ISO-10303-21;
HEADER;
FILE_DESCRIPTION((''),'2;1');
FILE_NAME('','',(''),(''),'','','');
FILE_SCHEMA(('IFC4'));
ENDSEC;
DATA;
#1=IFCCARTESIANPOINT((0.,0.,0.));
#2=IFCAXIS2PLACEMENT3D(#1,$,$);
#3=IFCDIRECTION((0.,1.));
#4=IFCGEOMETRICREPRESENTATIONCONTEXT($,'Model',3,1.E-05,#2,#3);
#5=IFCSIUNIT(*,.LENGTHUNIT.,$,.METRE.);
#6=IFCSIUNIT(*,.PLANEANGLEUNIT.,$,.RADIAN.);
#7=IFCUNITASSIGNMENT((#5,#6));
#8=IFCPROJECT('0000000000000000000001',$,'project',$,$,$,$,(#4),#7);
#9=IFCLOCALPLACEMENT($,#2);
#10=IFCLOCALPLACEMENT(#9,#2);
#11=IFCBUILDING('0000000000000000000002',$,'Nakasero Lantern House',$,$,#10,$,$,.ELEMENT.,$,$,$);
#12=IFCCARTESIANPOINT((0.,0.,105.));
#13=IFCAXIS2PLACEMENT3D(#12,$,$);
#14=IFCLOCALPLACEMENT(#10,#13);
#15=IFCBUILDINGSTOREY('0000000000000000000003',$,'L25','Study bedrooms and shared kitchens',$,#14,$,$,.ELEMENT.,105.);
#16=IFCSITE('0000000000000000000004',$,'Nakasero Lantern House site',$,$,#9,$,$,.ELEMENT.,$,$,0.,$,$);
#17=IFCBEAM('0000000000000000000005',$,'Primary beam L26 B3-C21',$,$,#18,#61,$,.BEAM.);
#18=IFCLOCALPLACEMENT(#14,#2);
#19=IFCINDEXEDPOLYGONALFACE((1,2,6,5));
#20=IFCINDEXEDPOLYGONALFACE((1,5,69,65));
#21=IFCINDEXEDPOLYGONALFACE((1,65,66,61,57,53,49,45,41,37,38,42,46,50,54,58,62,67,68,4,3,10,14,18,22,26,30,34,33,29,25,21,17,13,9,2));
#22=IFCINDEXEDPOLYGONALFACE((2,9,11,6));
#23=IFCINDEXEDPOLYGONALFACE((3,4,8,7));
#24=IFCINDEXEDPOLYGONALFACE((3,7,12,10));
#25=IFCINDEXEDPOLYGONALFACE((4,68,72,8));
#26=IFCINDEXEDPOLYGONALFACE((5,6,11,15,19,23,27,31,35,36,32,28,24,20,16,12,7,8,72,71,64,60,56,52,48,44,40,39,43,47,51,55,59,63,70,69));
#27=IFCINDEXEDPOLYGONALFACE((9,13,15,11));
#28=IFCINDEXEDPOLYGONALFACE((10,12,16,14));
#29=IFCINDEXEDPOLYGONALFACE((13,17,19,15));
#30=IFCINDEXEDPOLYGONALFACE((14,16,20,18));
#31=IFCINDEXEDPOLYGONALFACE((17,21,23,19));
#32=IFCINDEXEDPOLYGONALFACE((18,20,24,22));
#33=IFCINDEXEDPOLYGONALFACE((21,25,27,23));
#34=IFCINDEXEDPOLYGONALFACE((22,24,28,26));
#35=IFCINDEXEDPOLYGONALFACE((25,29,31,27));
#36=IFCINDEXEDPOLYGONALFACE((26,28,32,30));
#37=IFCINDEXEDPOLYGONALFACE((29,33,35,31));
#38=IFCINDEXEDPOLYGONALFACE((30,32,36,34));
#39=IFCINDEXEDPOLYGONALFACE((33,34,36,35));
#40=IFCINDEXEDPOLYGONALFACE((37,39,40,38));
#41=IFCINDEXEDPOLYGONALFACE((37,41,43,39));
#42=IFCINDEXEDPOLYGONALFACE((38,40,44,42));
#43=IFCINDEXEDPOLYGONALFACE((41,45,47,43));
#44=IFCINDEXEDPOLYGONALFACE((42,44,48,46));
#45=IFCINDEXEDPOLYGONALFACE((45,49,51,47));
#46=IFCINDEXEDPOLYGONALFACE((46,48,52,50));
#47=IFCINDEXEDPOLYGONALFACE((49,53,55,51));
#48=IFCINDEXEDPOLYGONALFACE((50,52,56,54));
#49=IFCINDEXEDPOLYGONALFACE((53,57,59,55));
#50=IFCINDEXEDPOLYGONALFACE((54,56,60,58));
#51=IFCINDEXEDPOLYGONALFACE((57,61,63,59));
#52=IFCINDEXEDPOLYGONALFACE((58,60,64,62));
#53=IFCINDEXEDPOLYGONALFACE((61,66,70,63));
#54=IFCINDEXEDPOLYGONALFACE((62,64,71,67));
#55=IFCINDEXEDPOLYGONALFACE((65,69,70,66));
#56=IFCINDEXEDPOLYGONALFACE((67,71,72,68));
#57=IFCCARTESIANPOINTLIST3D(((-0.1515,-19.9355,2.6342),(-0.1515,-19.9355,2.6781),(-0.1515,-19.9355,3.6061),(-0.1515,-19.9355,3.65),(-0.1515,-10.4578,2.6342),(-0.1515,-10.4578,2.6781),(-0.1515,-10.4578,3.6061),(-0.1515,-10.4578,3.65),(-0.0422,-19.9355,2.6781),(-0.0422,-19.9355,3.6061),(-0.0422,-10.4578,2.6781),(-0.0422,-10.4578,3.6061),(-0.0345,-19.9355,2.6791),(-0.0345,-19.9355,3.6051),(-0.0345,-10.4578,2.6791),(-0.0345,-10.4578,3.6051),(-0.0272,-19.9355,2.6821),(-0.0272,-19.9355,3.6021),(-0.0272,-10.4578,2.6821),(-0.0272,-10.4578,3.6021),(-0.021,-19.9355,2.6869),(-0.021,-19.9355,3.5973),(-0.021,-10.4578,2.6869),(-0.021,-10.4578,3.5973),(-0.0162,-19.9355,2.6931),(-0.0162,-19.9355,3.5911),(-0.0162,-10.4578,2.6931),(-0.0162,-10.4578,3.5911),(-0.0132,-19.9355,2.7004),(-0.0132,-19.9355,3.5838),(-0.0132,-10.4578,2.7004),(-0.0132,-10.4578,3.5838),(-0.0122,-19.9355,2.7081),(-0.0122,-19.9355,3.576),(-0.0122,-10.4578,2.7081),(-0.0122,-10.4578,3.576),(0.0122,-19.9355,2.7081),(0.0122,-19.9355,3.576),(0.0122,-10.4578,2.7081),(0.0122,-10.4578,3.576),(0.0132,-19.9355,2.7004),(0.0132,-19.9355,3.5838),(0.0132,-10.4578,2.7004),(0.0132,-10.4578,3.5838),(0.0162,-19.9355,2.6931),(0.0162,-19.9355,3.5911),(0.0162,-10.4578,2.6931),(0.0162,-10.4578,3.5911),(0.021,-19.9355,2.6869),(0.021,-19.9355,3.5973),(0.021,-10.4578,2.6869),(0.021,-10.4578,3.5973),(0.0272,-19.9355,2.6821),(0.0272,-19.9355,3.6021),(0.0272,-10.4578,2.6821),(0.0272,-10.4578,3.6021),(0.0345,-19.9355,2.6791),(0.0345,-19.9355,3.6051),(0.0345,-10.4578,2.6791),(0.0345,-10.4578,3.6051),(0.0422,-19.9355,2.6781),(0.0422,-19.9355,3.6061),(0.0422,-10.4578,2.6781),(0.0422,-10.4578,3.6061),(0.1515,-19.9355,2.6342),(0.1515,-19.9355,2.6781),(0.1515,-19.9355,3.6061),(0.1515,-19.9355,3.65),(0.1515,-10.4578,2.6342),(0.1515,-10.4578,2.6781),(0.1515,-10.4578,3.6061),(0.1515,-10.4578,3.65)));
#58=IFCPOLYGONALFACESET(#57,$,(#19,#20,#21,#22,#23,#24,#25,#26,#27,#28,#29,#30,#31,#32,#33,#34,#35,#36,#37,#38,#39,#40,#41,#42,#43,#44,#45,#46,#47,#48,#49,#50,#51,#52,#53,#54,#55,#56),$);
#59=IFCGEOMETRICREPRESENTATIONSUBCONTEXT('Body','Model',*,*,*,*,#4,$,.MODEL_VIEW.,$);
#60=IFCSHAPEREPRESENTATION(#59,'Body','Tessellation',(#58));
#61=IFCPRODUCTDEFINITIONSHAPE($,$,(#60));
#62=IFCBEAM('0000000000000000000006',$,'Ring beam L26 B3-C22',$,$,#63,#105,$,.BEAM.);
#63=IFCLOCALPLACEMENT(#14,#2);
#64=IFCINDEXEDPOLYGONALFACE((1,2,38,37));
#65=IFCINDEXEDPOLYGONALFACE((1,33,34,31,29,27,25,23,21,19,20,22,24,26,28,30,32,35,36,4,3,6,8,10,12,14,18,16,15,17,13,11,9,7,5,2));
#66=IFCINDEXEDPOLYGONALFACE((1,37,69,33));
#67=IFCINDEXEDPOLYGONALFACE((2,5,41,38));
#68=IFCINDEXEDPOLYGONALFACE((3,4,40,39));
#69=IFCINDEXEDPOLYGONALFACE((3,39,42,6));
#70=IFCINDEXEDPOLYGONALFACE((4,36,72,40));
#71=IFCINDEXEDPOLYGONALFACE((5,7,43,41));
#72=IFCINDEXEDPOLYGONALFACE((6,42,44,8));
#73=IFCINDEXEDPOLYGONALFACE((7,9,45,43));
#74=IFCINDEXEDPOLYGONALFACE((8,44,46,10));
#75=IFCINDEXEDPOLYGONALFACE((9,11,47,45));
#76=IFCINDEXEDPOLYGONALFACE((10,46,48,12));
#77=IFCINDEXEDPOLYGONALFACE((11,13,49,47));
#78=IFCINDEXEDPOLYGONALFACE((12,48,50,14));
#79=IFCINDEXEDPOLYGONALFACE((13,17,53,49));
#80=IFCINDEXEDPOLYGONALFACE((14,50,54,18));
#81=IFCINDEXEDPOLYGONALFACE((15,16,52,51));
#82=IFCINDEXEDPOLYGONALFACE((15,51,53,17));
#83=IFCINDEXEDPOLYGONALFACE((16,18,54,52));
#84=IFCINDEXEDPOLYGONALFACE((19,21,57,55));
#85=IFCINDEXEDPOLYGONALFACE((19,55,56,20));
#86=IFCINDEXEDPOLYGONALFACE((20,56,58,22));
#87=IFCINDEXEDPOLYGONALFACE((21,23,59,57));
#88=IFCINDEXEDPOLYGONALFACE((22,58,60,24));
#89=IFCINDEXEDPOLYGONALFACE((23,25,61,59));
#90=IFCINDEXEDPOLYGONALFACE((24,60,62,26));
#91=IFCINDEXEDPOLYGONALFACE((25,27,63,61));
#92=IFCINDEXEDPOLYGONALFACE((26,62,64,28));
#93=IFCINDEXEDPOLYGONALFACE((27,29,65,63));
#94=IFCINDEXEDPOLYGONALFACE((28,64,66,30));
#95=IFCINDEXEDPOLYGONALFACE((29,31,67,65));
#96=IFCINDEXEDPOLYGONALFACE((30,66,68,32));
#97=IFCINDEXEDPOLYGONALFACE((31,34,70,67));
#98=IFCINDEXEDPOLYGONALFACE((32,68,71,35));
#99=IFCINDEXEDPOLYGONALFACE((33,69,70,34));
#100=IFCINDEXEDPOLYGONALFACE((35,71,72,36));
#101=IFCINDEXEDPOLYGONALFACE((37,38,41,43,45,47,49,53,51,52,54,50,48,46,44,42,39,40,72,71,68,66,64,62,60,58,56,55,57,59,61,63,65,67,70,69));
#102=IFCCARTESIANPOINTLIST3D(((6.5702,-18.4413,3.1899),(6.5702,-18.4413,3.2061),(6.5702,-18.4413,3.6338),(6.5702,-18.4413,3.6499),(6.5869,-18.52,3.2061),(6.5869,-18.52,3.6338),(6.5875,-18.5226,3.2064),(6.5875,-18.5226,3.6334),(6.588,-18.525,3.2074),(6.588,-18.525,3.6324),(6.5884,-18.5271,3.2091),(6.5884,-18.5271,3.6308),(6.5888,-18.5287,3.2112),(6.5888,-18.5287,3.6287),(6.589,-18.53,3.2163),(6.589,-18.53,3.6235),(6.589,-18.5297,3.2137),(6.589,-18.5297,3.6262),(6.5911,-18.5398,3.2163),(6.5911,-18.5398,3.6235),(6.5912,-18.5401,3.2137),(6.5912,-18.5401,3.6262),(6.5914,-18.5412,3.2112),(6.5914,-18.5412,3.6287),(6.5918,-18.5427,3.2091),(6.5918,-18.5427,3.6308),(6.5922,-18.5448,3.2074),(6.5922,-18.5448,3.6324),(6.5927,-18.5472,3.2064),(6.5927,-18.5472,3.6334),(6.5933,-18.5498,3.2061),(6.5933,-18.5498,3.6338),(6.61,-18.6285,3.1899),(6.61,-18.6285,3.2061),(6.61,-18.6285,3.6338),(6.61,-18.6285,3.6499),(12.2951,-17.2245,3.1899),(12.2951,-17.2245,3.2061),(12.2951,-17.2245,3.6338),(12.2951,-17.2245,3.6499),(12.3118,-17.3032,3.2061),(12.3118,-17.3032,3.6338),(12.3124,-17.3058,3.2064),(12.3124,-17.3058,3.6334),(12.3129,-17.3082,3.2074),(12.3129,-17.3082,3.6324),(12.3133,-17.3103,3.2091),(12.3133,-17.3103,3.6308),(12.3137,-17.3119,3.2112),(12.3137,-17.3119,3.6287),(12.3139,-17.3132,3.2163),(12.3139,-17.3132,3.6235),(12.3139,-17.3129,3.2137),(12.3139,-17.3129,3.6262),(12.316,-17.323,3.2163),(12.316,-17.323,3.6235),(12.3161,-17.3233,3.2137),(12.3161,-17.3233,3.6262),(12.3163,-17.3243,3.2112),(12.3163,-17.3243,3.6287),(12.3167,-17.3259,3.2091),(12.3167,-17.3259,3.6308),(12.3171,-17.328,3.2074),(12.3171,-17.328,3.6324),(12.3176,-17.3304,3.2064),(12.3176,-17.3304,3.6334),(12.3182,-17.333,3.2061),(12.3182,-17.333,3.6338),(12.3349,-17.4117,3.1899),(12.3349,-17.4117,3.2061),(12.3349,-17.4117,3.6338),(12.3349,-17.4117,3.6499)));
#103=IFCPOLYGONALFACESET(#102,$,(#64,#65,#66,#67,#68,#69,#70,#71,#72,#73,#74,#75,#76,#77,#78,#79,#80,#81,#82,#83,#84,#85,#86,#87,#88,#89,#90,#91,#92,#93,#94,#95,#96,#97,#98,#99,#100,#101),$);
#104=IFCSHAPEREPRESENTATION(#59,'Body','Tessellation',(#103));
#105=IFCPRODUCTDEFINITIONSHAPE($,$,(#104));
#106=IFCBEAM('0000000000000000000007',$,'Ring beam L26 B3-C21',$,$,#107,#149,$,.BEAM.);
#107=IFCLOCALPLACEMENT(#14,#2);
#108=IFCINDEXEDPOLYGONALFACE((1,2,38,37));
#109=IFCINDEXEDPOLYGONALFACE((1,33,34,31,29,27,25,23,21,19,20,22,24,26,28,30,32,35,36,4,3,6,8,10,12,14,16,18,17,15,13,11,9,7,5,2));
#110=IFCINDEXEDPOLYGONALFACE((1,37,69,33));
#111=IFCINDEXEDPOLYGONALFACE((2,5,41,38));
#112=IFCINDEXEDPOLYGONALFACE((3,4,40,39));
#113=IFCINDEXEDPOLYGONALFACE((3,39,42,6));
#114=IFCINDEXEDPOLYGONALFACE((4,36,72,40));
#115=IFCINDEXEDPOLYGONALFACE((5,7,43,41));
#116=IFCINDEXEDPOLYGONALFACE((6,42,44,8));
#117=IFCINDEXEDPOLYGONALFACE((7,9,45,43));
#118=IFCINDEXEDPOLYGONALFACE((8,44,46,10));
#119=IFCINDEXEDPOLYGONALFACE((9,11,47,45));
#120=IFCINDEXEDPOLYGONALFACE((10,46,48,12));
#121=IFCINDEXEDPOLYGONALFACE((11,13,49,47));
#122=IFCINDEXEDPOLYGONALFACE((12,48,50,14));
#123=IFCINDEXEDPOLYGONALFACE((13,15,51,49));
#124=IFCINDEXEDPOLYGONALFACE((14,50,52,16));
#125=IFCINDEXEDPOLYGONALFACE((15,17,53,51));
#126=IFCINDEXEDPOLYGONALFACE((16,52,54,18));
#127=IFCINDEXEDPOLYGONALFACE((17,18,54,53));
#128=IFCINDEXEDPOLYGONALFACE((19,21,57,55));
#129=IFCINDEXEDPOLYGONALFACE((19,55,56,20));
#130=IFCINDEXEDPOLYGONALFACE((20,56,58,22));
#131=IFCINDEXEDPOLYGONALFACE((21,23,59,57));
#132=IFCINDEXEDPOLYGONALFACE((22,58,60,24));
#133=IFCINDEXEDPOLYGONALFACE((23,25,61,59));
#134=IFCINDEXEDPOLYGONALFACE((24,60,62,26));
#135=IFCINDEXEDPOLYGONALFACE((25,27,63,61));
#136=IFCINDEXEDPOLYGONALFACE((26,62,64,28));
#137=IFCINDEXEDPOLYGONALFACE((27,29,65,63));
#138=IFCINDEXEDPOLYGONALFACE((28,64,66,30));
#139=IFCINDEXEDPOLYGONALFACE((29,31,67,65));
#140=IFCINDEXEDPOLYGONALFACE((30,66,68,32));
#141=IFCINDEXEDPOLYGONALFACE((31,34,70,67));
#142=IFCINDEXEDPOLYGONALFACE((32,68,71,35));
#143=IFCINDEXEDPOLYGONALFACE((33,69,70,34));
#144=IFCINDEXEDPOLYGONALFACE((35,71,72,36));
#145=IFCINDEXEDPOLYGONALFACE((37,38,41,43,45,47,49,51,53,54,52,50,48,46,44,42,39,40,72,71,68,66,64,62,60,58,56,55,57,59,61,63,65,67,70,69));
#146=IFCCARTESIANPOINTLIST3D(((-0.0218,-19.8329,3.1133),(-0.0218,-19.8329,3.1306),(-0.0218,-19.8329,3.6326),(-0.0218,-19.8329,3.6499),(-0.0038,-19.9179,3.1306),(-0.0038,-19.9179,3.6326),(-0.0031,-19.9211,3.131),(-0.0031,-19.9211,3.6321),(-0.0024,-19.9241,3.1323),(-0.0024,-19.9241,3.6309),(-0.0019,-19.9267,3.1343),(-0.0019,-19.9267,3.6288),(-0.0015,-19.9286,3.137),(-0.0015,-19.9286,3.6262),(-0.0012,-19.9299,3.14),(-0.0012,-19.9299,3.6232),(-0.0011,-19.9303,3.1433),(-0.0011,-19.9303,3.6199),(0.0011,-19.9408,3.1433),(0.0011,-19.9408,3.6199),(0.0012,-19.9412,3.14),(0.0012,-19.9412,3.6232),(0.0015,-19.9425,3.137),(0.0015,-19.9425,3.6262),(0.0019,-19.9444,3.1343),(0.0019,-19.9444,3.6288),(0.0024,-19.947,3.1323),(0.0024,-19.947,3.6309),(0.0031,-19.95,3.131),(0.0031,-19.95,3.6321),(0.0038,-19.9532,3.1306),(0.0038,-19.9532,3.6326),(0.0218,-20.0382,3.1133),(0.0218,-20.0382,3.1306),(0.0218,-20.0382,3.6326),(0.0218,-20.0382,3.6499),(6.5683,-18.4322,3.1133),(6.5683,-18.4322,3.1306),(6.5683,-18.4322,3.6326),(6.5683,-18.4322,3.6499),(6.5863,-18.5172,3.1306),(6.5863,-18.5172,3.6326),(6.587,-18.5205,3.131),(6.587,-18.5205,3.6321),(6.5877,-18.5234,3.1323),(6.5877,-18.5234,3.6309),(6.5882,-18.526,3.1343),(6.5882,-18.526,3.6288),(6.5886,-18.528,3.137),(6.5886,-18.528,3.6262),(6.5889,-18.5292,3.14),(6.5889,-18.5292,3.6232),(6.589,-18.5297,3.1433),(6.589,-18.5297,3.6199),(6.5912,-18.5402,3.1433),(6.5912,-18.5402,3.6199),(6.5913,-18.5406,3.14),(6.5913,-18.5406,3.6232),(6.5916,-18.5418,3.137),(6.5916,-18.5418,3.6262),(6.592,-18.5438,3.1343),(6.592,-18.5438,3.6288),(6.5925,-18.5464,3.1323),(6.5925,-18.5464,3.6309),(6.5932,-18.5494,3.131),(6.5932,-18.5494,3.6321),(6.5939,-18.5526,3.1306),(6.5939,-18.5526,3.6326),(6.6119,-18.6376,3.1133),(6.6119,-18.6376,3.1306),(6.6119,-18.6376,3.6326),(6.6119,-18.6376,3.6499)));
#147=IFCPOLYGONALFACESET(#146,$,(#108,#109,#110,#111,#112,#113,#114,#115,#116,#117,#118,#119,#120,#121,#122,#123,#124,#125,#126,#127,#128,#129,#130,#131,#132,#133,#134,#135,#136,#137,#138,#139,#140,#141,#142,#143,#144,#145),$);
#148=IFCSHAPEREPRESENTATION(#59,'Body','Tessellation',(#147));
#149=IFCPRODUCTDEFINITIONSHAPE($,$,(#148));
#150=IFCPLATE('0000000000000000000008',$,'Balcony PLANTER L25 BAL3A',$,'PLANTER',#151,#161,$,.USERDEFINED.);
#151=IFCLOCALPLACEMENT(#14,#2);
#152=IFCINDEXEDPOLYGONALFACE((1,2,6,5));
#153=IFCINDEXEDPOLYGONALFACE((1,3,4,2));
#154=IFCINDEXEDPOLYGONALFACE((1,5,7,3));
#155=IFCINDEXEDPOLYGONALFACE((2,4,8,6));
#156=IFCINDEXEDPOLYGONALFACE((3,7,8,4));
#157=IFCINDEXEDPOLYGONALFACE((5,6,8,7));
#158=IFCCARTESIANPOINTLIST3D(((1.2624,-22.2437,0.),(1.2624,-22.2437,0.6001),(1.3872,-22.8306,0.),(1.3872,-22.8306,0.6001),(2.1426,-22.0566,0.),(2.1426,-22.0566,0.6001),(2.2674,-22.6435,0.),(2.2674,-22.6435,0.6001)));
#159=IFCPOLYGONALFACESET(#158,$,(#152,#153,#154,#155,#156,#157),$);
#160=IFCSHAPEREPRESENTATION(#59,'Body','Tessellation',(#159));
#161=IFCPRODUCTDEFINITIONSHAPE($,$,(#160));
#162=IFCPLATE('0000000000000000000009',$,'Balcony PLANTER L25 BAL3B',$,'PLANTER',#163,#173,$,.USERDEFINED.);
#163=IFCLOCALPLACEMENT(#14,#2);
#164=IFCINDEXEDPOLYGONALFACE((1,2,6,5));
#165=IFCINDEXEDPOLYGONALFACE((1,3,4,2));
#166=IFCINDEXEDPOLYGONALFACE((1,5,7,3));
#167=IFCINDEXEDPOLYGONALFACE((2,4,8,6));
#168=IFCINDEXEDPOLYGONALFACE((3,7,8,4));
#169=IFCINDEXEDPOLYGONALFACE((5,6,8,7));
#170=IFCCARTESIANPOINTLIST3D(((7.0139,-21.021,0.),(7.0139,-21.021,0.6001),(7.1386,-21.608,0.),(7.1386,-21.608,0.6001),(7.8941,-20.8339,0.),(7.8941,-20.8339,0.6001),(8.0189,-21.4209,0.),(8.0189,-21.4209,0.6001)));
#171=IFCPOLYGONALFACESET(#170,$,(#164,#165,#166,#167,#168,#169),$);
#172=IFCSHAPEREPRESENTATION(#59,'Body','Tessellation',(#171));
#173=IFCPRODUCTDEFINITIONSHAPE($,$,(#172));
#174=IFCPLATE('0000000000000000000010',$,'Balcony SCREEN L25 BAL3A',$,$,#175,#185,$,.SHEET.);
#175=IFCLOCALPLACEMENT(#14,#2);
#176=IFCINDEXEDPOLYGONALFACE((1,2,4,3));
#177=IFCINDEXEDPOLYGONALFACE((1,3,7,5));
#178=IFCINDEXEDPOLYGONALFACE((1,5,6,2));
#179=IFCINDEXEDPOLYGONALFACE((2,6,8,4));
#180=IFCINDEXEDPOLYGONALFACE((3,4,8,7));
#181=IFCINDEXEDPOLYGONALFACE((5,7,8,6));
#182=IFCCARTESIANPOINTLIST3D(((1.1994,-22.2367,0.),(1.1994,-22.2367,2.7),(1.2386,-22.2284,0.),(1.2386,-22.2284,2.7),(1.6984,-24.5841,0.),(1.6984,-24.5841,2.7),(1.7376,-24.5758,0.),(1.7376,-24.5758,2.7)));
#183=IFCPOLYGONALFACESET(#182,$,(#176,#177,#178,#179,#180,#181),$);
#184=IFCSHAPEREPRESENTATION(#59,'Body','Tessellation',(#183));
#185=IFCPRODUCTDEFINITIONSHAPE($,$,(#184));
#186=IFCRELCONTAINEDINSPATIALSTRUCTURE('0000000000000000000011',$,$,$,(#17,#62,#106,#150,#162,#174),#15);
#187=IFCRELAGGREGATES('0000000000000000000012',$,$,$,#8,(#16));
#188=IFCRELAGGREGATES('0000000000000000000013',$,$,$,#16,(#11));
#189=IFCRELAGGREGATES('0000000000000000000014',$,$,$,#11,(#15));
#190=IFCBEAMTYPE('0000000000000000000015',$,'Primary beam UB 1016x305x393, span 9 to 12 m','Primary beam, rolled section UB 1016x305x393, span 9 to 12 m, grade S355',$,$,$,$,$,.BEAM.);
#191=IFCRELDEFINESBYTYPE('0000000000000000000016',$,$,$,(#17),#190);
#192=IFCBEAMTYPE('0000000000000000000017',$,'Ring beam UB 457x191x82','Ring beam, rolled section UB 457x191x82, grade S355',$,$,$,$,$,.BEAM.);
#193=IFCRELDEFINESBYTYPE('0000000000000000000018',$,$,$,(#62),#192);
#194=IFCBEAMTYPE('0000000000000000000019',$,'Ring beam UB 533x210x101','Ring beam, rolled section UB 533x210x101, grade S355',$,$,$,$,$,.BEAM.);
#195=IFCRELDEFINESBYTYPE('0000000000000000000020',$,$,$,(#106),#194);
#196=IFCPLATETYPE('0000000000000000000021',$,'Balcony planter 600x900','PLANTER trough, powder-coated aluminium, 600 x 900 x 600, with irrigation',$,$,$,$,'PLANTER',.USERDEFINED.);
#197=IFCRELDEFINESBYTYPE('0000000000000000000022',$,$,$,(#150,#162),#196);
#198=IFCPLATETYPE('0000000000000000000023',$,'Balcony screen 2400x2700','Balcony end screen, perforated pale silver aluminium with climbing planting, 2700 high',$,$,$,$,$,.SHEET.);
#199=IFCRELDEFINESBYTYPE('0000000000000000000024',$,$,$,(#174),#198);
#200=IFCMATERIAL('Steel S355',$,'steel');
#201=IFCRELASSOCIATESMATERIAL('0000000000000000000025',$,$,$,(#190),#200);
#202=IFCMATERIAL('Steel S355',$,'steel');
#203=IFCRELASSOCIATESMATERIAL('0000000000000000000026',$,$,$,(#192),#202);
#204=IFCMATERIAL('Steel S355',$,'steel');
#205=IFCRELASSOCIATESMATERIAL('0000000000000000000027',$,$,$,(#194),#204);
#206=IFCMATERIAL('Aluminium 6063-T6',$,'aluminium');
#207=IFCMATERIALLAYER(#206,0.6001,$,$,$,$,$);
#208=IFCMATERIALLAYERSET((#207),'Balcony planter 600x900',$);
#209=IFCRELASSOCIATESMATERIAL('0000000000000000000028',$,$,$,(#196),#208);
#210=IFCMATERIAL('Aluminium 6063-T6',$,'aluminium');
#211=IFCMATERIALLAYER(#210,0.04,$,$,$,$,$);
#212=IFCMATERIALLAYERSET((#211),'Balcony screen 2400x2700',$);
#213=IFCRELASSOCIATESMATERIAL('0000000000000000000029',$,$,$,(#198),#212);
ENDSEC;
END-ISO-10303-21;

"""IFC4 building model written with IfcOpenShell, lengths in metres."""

from ifc_helpers import new_model, si_unit, direction, frame, origin, origin_2d, place, context, subcontext, project, spatial, rectangle, i_section, extrude, material, layer, layer_set, material_profile, profile_set, type_object, element, save


model = new_model("IFC4")

# Units and contexts
model_context = context("Model", 3, precision=1e-05, world=origin(), true_north=direction((0.0, 1.0)))
body_context = subcontext(model_context, "Body", "Model", "MODEL_VIEW")
ifc_project = project(units=[si_unit("LENGTHUNIT", "METRE"), si_unit("PLANEANGLEUNIT", "RADIAN")], contexts=[model_context])

# Site, building, storey
site_placement = place(None, origin())
site = spatial("IfcSite", under=ifc_project, at=site_placement, Name="Nakasero Lantern House site", CompositionType="ELEMENT", RefElevation=0.0)
building_placement = place(site_placement, origin())
building = spatial("IfcBuilding", under=site, at=building_placement, Name="Nakasero Lantern House", CompositionType="ELEMENT")
storey_placement = place(building_placement, frame((0.0, 0.0, 105.0)))
storey = spatial("IfcBuildingStorey", under=building, at=storey_placement, Name="L25", Description="Study bedrooms and shared kitchens", CompositionType="ELEMENT", Elevation=105.0)

# Beams
ifc_material_1 = material(Name="Steel S355", Category="steel")
ifc_material_profile_1 = material_profile(ifc_material_1, i_section(OverallWidth=0.303, OverallDepth=1.0159, WebThickness=0.0244, FlangeThickness=0.0439, FilletRadius=0.03, at=origin_2d()), Name="UB 1016x305x393")
ifc_profile_set_1 = profile_set([ifc_material_profile_1], Name="Steel S355")
beam_type_1 = type_object("IfcBeamType", Name="Primary beam UB 1016x305x393, span 9 to 12 m", Description="Primary beam, rolled section UB 1016x305x393, span 9 to 12 m, grade S355", PredefinedType="BEAM", material=ifc_profile_set_1)
beam_1_placement = place(storey_placement, frame((0.0, -19.9355, 3.1421), z_axis=(0.0, 1.0, 0.0), x_axis=(-1.0, 0.0, 0.0)))
element("IfcBeam", 1, at=beam_1_placement, inside=storey, type_object=beam_type_1, Name="Primary beam L26 B3-C21", PredefinedType="BEAM", context=body_context, shape_type="SweptSolid", body=[
    extrude(i_section(OverallWidth=0.303, OverallDepth=1.0159, WebThickness=0.0244, FlangeThickness=0.0439, FilletRadius=0.03, at=origin_2d()), origin(), (0.0, 0.0, 1.0), 9.4778),
])
ifc_material_2 = material(Name="Steel S355", Category="steel")
ifc_material_profile_2 = material_profile(ifc_material_2, i_section(OverallWidth=0.1914, OverallDepth=0.46, WebThickness=0.01, FlangeThickness=0.0161, FilletRadius=0.0103, at=origin_2d()), Name="UB 457x191x82")
ifc_profile_set_2 = profile_set([ifc_material_profile_2], Name="Steel S355")
beam_type_2 = type_object("IfcBeamType", Name="Ring beam UB 457x191x82", Description="Ring beam, rolled section UB 457x191x82, grade S355", PredefinedType="BEAM", material=ifc_profile_set_2)
beam_2_placement = place(storey_placement, frame((6.5901, -18.5349, 3.4199), z_axis=(0.97815, 0.207902, 0.0), x_axis=(-0.207902, 0.97815, 0.0)))
element("IfcBeam", 2, at=beam_2_placement, inside=storey, type_object=beam_type_2, Name="Ring beam L26 B3-C22", PredefinedType="BEAM", context=body_context, shape_type="SweptSolid", body=[
    extrude(i_section(OverallWidth=0.1914, OverallDepth=0.46, WebThickness=0.01, FlangeThickness=0.0161, FilletRadius=0.0103, at=origin_2d()), origin(), (0.0, 0.0, 1.0), 5.8528),
])
ifc_material_3 = material(Name="Steel S355", Category="steel")
ifc_material_profile_3 = material_profile(ifc_material_3, i_section(OverallWidth=0.21, OverallDepth=0.5366, WebThickness=0.0107, FlangeThickness=0.0173, FilletRadius=0.0127, at=origin_2d()), Name="UB 533x210x101")
ifc_profile_set_3 = profile_set([ifc_material_profile_3], Name="Steel S355")
beam_type_3 = type_object("IfcBeamType", Name="Ring beam UB 533x210x101", Description="Ring beam, rolled section UB 533x210x101, grade S355", PredefinedType="BEAM", material=ifc_profile_set_3)
beam_3_placement = place(storey_placement, frame((0.0, -19.9355, 3.3816), z_axis=(0.978152, 0.207893, 0.0), x_axis=(-0.207893, 0.978152, 0.0)))
element("IfcBeam", 3, at=beam_3_placement, inside=storey, type_object=beam_type_3, Name="Ring beam L26 B3-C21", PredefinedType="BEAM", context=body_context, shape_type="SweptSolid", body=[
    extrude(i_section(OverallWidth=0.21, OverallDepth=0.5366, WebThickness=0.0107, FlangeThickness=0.0173, FilletRadius=0.0127, at=origin_2d()), origin(), (0.0, 0.0, 1.0), 6.7373),
])

# Plates
ifc_material_4 = material(Name="Aluminium 6063-T6", Category="aluminium")
ifc_layer_1 = layer(ifc_material_4, 0.6001)
ifc_layer_set_1 = layer_set([ifc_layer_1], Name="Balcony planter 600x900")
plate_type_1 = type_object("IfcPlateType", Name="Balcony planter 600x900", Description="PLANTER trough, powder-coated aluminium, 600 x 900 x 600, with irrigation", ElementType="PLANTER", PredefinedType="USERDEFINED", material=ifc_layer_set_1)
for number, where, z_axis, x_axis, name in (
    (4, (1.7649, -22.4436, 0.0), (0.0, 0.0, 1.0), (0.207912, -0.978148, 0.0), "Balcony PLANTER L25 BAL3A"),
    (5, (7.5164, -21.2209, 0.0), (0.0, 0.0, 1.0), (0.207912, -0.978148, 0.0), "Balcony PLANTER L25 BAL3B"),
):
    element("IfcPlate", number, at=place(storey_placement, frame(where, z_axis=z_axis, x_axis=x_axis)), inside=storey, type_object=plate_type_1, Name=name, ObjectType="PLANTER", PredefinedType="USERDEFINED", context=body_context, shape_type="SweptSolid", body=[
        extrude(rectangle(XDim=0.6001, YDim=0.8999, at=origin_2d()), origin(), (0.0, 0.0, 1.0), 0.6001),
    ])
ifc_material_5 = material(Name="Aluminium 6063-T6", Category="aluminium")
ifc_layer_2 = layer(ifc_material_5, 0.04)
ifc_layer_set_2 = layer_set([ifc_layer_2], Name="Balcony screen 2400x2700")
plate_type_2 = type_object("IfcPlateType", Name="Balcony screen 2400x2700", Description="Balcony end screen, perforated pale silver aluminium with climbing planting, 2700 high", PredefinedType="SHEET", material=ifc_layer_set_2)
for number, where, z_axis, x_axis, name in (
    (6, (1.4685, -23.4062, 0.0), (0.0, 0.0, 1.0), (0.207912, -0.978148, 0.0), "Balcony SCREEN L25 BAL3A"),
):
    element("IfcPlate", number, at=place(storey_placement, frame(where, z_axis=z_axis, x_axis=x_axis)), inside=storey, type_object=plate_type_2, Name=name, PredefinedType="SHEET", context=body_context, shape_type="SweptSolid", body=[
        extrude(rectangle(XDim=2.3999, YDim=0.04, at=origin_2d()), origin(), (0.0, 0.0, 1.0), 2.7),
    ])

save(model, "model.ifc")
